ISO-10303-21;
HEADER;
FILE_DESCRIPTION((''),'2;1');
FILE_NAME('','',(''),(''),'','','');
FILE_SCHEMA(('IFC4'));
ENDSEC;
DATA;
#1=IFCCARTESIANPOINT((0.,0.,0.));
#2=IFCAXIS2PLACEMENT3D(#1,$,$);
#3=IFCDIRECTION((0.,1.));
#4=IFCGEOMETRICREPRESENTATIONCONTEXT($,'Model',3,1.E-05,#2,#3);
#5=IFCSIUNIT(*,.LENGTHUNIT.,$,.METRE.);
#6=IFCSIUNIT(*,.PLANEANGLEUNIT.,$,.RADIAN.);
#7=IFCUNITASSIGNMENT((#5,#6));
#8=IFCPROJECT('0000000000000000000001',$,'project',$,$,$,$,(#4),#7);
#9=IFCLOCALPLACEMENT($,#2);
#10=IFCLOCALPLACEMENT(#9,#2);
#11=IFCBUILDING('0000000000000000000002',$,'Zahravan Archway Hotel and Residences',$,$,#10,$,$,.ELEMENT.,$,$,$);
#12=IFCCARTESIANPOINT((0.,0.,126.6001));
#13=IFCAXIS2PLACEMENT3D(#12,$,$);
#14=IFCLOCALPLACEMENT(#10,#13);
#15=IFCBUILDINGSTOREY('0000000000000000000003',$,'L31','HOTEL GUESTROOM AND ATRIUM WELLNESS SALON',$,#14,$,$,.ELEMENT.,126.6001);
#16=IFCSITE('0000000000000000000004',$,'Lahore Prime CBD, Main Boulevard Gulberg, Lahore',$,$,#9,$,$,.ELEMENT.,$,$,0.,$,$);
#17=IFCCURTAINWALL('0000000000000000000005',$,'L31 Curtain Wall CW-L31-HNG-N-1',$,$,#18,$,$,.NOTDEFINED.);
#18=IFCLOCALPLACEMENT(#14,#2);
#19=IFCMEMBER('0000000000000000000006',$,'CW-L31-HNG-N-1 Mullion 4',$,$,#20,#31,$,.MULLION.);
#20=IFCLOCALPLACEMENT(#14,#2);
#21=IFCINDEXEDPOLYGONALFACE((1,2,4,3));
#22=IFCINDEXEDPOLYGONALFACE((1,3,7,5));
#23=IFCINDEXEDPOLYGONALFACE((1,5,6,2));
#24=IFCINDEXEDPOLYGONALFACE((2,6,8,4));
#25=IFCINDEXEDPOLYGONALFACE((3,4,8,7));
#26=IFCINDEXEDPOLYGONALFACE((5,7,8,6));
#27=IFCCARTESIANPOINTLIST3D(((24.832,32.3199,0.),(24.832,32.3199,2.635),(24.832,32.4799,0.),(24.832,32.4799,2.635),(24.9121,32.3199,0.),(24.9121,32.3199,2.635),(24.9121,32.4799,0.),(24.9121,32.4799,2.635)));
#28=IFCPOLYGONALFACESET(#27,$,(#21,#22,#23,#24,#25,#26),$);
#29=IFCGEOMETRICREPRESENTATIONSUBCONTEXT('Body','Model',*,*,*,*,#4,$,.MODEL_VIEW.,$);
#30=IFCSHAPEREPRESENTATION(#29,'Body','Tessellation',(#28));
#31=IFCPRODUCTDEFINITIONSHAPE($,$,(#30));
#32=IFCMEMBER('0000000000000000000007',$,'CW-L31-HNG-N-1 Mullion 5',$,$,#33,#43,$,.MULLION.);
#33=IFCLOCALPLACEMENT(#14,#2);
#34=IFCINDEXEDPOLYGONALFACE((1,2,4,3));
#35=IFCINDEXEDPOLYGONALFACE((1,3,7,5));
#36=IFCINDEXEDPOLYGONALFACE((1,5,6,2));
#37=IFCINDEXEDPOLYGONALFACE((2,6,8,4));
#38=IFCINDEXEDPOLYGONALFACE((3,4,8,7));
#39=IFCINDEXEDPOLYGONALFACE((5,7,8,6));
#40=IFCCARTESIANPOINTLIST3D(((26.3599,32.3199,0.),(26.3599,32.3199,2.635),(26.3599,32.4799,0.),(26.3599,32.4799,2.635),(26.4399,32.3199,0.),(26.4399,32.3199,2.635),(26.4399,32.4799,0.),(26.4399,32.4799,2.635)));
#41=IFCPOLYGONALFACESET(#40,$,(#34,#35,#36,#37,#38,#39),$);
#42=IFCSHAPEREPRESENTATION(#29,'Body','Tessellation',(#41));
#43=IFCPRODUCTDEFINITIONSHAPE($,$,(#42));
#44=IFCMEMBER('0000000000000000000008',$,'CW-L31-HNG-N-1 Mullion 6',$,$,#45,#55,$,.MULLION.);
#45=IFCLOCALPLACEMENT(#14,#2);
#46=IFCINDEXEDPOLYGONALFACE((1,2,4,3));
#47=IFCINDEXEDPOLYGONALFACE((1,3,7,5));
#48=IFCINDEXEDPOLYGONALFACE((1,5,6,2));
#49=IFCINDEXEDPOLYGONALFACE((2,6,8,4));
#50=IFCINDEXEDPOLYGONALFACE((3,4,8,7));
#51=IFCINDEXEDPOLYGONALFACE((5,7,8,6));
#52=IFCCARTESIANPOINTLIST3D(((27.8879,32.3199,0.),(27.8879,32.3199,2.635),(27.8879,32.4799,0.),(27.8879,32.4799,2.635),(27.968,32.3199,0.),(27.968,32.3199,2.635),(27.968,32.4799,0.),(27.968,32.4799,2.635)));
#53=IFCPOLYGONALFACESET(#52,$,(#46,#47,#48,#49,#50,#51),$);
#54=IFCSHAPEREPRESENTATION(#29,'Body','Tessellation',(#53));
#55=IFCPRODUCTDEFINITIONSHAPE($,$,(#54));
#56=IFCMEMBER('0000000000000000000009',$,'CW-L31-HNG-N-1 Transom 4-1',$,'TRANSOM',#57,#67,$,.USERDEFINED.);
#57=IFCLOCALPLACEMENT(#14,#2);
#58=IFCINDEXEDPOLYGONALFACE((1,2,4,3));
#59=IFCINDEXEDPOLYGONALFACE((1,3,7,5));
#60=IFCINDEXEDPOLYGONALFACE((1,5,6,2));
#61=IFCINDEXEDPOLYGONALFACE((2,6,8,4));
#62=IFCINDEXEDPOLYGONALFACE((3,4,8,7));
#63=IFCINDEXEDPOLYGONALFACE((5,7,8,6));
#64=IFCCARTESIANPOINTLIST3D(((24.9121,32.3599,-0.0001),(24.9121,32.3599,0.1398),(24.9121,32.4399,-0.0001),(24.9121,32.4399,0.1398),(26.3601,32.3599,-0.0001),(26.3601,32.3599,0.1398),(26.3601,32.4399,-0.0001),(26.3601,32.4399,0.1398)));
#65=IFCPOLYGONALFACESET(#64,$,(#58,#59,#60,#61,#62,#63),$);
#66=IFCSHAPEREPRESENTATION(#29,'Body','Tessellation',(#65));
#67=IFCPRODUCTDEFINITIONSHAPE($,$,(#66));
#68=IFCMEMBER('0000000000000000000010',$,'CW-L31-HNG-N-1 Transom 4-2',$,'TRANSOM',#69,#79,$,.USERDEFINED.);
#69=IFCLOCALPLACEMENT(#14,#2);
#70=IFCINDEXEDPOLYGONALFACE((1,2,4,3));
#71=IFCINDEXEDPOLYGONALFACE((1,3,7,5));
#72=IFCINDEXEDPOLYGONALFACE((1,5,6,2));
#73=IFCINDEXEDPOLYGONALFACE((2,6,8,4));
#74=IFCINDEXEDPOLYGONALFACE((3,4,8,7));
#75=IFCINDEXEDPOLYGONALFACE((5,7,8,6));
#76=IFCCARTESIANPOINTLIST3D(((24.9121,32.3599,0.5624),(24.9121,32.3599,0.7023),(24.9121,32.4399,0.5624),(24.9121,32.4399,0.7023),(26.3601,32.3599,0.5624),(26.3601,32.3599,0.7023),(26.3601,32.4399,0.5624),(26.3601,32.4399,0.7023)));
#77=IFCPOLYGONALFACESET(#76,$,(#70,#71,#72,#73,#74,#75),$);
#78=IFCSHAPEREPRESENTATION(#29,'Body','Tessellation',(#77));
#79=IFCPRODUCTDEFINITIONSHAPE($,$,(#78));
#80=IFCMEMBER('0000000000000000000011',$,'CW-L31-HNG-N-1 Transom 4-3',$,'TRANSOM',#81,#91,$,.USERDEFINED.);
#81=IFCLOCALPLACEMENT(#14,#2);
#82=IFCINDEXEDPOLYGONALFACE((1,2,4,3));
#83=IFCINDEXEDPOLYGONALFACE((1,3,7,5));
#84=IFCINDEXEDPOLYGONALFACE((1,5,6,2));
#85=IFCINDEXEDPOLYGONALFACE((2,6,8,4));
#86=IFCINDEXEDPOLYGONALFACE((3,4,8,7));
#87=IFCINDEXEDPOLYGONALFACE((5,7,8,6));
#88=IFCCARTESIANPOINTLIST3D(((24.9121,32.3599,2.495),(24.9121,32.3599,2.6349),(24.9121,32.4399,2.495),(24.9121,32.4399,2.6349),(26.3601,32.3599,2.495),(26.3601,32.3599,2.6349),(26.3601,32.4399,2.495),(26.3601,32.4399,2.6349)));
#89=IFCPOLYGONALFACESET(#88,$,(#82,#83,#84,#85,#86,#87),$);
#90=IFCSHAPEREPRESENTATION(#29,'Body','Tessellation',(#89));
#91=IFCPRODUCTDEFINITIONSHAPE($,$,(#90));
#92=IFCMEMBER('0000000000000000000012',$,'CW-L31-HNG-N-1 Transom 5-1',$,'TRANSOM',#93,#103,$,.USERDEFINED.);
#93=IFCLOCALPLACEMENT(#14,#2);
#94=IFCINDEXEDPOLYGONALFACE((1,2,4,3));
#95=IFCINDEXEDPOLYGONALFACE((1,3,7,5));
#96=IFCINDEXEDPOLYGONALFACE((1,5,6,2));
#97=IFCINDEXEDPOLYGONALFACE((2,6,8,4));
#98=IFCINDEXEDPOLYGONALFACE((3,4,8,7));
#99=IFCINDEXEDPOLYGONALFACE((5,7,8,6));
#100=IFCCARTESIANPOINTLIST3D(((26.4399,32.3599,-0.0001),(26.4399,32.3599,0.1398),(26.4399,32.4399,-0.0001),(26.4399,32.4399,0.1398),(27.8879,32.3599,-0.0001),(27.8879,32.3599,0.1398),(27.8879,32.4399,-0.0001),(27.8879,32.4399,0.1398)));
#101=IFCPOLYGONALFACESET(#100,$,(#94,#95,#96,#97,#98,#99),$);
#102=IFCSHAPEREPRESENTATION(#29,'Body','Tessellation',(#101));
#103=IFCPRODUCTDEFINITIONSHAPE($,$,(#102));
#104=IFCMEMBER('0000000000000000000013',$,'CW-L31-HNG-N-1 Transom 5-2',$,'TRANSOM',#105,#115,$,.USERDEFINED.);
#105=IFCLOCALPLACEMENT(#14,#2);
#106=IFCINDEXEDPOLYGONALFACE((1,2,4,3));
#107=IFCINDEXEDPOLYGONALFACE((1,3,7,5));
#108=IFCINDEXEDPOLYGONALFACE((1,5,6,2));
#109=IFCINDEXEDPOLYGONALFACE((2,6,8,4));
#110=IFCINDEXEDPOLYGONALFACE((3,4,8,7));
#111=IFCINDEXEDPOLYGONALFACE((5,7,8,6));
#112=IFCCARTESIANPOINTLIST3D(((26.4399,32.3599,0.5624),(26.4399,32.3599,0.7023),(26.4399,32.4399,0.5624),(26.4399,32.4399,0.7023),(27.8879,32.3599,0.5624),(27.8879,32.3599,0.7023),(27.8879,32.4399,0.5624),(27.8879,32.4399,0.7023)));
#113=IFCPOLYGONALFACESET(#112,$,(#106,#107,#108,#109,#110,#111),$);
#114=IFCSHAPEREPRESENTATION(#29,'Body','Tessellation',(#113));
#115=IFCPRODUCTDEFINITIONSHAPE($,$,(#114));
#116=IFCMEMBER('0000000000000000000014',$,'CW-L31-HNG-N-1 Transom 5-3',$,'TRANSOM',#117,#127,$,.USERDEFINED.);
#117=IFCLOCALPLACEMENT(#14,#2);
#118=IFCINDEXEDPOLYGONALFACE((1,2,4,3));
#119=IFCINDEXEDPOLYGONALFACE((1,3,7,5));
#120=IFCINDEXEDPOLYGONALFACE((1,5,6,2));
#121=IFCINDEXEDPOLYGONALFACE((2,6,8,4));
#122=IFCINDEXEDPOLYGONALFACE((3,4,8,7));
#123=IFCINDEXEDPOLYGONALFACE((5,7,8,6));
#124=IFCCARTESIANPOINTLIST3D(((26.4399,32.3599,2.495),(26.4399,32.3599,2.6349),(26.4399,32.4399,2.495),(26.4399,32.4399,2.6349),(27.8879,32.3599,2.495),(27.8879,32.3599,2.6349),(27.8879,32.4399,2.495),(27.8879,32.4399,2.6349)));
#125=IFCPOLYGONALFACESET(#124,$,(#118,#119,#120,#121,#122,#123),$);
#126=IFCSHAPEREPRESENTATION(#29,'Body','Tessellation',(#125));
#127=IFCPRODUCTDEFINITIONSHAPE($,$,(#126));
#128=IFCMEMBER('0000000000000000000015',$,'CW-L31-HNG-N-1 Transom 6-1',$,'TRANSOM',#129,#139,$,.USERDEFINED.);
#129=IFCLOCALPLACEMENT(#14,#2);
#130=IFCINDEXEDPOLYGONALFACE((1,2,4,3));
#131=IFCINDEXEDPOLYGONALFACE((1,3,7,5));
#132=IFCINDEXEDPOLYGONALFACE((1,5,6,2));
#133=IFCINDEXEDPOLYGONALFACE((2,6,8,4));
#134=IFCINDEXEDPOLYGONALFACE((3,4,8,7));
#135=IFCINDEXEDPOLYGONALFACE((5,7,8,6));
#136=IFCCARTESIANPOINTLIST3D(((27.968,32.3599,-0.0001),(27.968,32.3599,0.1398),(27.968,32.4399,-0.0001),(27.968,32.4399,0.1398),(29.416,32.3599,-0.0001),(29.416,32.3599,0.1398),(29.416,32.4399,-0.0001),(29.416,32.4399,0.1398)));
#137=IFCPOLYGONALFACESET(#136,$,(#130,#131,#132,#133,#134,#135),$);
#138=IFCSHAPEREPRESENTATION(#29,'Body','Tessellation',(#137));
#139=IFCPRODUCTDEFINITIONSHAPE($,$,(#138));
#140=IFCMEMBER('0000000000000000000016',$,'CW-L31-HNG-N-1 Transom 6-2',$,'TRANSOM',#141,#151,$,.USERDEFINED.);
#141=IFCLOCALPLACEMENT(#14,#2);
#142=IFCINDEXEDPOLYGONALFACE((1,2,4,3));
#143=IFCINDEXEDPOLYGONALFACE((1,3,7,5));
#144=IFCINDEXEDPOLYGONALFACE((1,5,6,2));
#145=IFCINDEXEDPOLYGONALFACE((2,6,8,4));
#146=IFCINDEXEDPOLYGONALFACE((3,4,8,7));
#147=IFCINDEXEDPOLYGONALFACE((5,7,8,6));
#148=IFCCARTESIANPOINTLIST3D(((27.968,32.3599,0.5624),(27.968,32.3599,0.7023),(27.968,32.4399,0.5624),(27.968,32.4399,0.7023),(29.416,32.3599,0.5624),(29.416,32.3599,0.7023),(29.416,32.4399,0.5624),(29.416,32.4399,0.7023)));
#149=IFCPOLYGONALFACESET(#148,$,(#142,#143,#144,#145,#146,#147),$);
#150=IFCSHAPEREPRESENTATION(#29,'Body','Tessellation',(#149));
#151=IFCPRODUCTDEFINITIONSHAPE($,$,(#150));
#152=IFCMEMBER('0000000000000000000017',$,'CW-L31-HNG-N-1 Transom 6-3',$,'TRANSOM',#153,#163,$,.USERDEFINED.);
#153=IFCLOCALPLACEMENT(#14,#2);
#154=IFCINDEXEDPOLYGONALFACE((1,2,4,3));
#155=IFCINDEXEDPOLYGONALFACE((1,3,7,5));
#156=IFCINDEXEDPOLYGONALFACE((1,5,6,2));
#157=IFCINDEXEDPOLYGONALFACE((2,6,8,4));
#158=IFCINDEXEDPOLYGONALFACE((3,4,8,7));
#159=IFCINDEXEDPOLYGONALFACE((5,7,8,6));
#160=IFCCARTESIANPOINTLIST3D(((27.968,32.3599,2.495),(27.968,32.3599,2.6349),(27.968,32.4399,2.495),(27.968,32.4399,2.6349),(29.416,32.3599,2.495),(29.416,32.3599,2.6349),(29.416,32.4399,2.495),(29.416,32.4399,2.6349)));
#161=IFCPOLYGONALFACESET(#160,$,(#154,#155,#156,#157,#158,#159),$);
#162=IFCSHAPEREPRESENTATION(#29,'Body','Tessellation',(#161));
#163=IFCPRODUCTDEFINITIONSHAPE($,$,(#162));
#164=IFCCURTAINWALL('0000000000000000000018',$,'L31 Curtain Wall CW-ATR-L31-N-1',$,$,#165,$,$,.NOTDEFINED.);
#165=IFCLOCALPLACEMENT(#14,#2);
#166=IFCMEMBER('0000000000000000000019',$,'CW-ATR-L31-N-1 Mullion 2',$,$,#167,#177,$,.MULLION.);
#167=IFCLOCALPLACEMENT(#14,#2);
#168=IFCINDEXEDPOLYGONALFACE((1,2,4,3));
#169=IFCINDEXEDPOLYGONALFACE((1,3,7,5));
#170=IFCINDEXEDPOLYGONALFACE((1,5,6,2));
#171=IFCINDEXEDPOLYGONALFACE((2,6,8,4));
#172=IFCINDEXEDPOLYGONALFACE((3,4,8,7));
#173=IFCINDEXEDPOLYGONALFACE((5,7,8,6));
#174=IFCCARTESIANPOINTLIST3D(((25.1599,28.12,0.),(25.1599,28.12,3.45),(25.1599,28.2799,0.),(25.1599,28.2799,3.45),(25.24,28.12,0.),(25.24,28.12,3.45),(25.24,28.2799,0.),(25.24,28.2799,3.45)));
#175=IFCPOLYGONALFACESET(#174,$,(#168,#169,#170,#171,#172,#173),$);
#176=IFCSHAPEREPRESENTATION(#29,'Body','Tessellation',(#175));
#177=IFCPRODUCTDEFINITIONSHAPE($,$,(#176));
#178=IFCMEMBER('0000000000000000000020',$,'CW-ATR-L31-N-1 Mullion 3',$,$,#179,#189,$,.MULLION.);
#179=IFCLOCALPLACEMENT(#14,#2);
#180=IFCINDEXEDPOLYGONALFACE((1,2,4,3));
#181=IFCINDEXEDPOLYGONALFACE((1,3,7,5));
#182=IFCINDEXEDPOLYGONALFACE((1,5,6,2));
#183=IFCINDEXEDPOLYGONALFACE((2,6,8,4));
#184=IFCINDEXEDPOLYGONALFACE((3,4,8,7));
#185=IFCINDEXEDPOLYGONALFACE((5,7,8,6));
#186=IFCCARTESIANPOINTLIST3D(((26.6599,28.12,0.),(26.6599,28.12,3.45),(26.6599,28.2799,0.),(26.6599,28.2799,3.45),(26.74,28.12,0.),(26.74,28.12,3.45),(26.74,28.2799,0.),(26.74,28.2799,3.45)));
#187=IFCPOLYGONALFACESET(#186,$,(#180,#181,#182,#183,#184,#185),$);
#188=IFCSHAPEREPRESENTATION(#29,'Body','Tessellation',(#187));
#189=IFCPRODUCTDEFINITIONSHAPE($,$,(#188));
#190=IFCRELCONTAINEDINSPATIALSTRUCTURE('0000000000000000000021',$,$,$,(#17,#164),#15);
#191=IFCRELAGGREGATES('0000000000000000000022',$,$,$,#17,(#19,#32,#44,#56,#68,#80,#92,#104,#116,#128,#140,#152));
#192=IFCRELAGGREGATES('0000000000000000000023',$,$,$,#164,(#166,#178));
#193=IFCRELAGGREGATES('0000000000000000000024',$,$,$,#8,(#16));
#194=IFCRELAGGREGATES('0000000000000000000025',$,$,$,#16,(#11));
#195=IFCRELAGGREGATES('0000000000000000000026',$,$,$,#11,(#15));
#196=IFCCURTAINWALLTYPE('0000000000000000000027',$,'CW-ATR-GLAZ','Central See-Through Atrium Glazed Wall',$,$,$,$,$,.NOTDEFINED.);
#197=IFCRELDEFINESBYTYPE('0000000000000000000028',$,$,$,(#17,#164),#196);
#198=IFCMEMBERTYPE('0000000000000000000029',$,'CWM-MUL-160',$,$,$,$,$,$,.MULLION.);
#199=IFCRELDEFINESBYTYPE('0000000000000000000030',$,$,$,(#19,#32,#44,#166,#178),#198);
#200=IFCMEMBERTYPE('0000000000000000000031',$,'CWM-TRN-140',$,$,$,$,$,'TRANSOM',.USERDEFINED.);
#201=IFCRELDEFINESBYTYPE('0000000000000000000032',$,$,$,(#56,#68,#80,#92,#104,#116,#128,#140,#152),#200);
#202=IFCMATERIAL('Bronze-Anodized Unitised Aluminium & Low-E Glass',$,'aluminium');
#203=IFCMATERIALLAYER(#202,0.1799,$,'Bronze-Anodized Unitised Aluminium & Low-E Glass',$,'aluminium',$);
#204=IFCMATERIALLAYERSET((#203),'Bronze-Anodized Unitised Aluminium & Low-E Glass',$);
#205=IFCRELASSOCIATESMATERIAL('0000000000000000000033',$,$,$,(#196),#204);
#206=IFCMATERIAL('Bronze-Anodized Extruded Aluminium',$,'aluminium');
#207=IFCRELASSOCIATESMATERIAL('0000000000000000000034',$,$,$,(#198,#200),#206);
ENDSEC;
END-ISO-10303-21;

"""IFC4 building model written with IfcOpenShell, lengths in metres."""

from ifc_helpers import new_model, si_unit, direction, frame, origin, origin_2d, place, context, subcontext, project, spatial, rectangle, extrude, source, transform, mapped, material, layer, layer_set, material_profile, profile_set, type_object, element, aggregate, save


model = new_model("IFC4")

# Units and contexts
model_context = context("Model", 3, precision=1e-05, world=origin(), true_north=direction((0.0, 1.0)))
body_context = subcontext(model_context, "Body", "Model", "MODEL_VIEW")
ifc_project = project(units=[si_unit("LENGTHUNIT", "METRE"), si_unit("PLANEANGLEUNIT", "RADIAN")], contexts=[model_context])

# Site, building, storey
site_placement = place(None, origin())
site = spatial("IfcSite", under=ifc_project, at=site_placement, Name="Lahore Prime CBD, Main Boulevard Gulberg, Lahore", CompositionType="ELEMENT", RefElevation=0.0)
building_placement = place(site_placement, origin())
building = spatial("IfcBuilding", under=site, at=building_placement, Name="Zahravan Archway Hotel and Residences", CompositionType="ELEMENT")
storey_placement = place(building_placement, frame((0.0, 0.0, 126.6001)))
storey = spatial("IfcBuildingStorey", under=building, at=storey_placement, Name="L31", Description="HOTEL GUESTROOM AND ATRIUM WELLNESS SALON", CompositionType="ELEMENT", Elevation=126.6001)

# Curtain walls, members
ifc_material_1 = material(Name="Bronze-Anodized Unitised Aluminium & Low-E Glass", Category="aluminium")
ifc_layer_1 = layer(ifc_material_1, 0.1799, Name="Bronze-Anodized Unitised Aluminium & Low-E Glass", Category="aluminium")
ifc_layer_set_1 = layer_set([ifc_layer_1], Name="Bronze-Anodized Unitised Aluminium & Low-E Glass")
curtain_wall_type = type_object("IfcCurtainWallType", Name="CW-ATR-GLAZ", Description="Central See-Through Atrium Glazed Wall", PredefinedType="NOTDEFINED", material=ifc_layer_set_1)
curtain_wall_1_placement = place(storey_placement, origin())
curtain_wall_1 = element("IfcCurtainWall", 1, at=curtain_wall_1_placement, inside=storey, type_object=curtain_wall_type, Name="L31 Curtain Wall CW-L31-HNG-N-1", PredefinedType="NOTDEFINED")
ifc_material_2 = material(Name="Bronze-Anodized Extruded Aluminium", Category="aluminium")
ifc_material_profile_1 = material_profile(ifc_material_2, rectangle(XDim=0.0801, YDim=0.1599, at=origin_2d()), Name="MUL 80x160", Category="aluminium")
ifc_profile_set_1 = profile_set([ifc_material_profile_1], Name="Bronze-Anodized Extruded Aluminium")
member_type_1 = type_object("IfcMemberType", Name="CWM-MUL-160", PredefinedType="MULLION", material=ifc_profile_set_1)
shared_shape_1 = source(origin(), body_context, "Body", "SweptSolid", [
    extrude(rectangle(XDim=0.0801, YDim=0.1599, at=origin_2d()), origin(), (0.0, 0.0, 1.0), 2.635),
])
member_1_placement = place(storey_placement, frame((24.8721, 32.3999, 0.0), z_axis=(0.0, 0.0, 1.0), x_axis=(1.0, 0.0, 0.0)))
member_1 = element("IfcMember", 2, at=member_1_placement, type_object=member_type_1, Name="CW-L31-HNG-N-1 Mullion 4", PredefinedType="MULLION", context=body_context, shape_type="MappedRepresentation", body=[
    mapped(shared_shape_1, transform((0.0, 0.0, 0.0), scale=1.0)),
])
member_2_placement = place(storey_placement, frame((26.3999, 32.3999, 0.0), z_axis=(0.0, 0.0, 1.0), x_axis=(1.0, 0.0, 0.0)))
member_2 = element("IfcMember", 3, at=member_2_placement, type_object=member_type_1, Name="CW-L31-HNG-N-1 Mullion 5", PredefinedType="MULLION", context=body_context, shape_type="MappedRepresentation", body=[
    mapped(shared_shape_1, transform((0.0, 0.0, 0.0), scale=1.0)),
])
member_3_placement = place(storey_placement, frame((27.928, 32.3999, 0.0), z_axis=(0.0, 0.0, 1.0), x_axis=(1.0, 0.0, 0.0)))
member_3 = element("IfcMember", 4, at=member_3_placement, type_object=member_type_1, Name="CW-L31-HNG-N-1 Mullion 6", PredefinedType="MULLION", context=body_context, shape_type="MappedRepresentation", body=[
    mapped(shared_shape_1, transform((0.0, 0.0, 0.0), scale=1.0)),
])
ifc_material_profile_2 = material_profile(ifc_material_2, rectangle(XDim=0.0801, YDim=0.1399, at=origin_2d()), Name="TRN 80x140", Category="aluminium")
ifc_profile_set_2 = profile_set([ifc_material_profile_2], Name="Bronze-Anodized Extruded Aluminium")
member_type_2 = type_object("IfcMemberType", Name="CWM-TRN-140", ElementType="TRANSOM", PredefinedType="USERDEFINED", material=ifc_profile_set_2)
shared_shape_2 = source(origin(), body_context, "Body", "SweptSolid", [
    extrude(rectangle(XDim=0.0801, YDim=0.1399, at=origin_2d()), origin(), (0.0, 0.0, 1.0), 1.448),
])
member_4_placement = place(storey_placement, frame((24.9121, 32.3999, 0.0698), z_axis=(1.0, 0.0, 0.0), x_axis=(0.0, 1.0, 0.0)))
member_4 = element("IfcMember", 5, at=member_4_placement, type_object=member_type_2, Name="CW-L31-HNG-N-1 Transom 4-1", ObjectType="TRANSOM", PredefinedType="USERDEFINED", context=body_context, shape_type="MappedRepresentation", body=[
    mapped(shared_shape_2, transform((0.0, 0.0, 0.0), scale=1.0)),
])
member_5_placement = place(storey_placement, frame((24.9121, 32.3999, 0.6323), z_axis=(1.0, 0.0, 0.0), x_axis=(0.0, 1.0, 0.0)))
member_5 = element("IfcMember", 6, at=member_5_placement, type_object=member_type_2, Name="CW-L31-HNG-N-1 Transom 4-2", ObjectType="TRANSOM", PredefinedType="USERDEFINED", context=body_context, shape_type="MappedRepresentation", body=[
    mapped(shared_shape_2, transform((0.0, 0.0, 0.0), scale=1.0)),
])
member_6_placement = place(storey_placement, frame((24.9121, 32.3999, 2.5649), z_axis=(1.0, 0.0, 0.0), x_axis=(0.0, 1.0, 0.0)))
member_6 = element("IfcMember", 7, at=member_6_placement, type_object=member_type_2, Name="CW-L31-HNG-N-1 Transom 4-3", ObjectType="TRANSOM", PredefinedType="USERDEFINED", context=body_context, shape_type="MappedRepresentation", body=[
    mapped(shared_shape_2, transform((0.0, 0.0, 0.0), scale=1.0)),
])
member_7_placement = place(storey_placement, frame((26.4399, 32.3999, 0.0698), z_axis=(1.0, 0.0, 0.0), x_axis=(0.0, 1.0, 0.0)))
member_7 = element("IfcMember", 8, at=member_7_placement, type_object=member_type_2, Name="CW-L31-HNG-N-1 Transom 5-1", ObjectType="TRANSOM", PredefinedType="USERDEFINED", context=body_context, shape_type="MappedRepresentation", body=[
    mapped(shared_shape_2, transform((0.0, 0.0, 0.0), scale=1.0)),
])
member_8_placement = place(storey_placement, frame((26.4399, 32.3999, 0.6323), z_axis=(1.0, 0.0, 0.0), x_axis=(0.0, 1.0, 0.0)))
member_8 = element("IfcMember", 9, at=member_8_placement, type_object=member_type_2, Name="CW-L31-HNG-N-1 Transom 5-2", ObjectType="TRANSOM", PredefinedType="USERDEFINED", context=body_context, shape_type="MappedRepresentation", body=[
    mapped(shared_shape_2, transform((0.0, 0.0, 0.0), scale=1.0)),
])
member_9_placement = place(storey_placement, frame((26.4399, 32.3999, 2.5649), z_axis=(1.0, 0.0, 0.0), x_axis=(0.0, 1.0, 0.0)))
member_9 = element("IfcMember", 10, at=member_9_placement, type_object=member_type_2, Name="CW-L31-HNG-N-1 Transom 5-3", ObjectType="TRANSOM", PredefinedType="USERDEFINED", context=body_context, shape_type="MappedRepresentation", body=[
    mapped(shared_shape_2, transform((0.0, 0.0, 0.0), scale=1.0)),
])
member_10_placement = place(storey_placement, frame((27.968, 32.3999, 0.0698), z_axis=(1.0, 0.0, 0.0), x_axis=(0.0, 1.0, 0.0)))
member_10 = element("IfcMember", 11, at=member_10_placement, type_object=member_type_2, Name="CW-L31-HNG-N-1 Transom 6-1", ObjectType="TRANSOM", PredefinedType="USERDEFINED", context=body_context, shape_type="MappedRepresentation", body=[
    mapped(shared_shape_2, transform((0.0, 0.0, 0.0), scale=1.0)),
])
member_11_placement = place(storey_placement, frame((27.968, 32.3999, 0.6323), z_axis=(1.0, 0.0, 0.0), x_axis=(0.0, 1.0, 0.0)))
member_11 = element("IfcMember", 12, at=member_11_placement, type_object=member_type_2, Name="CW-L31-HNG-N-1 Transom 6-2", ObjectType="TRANSOM", PredefinedType="USERDEFINED", context=body_context, shape_type="MappedRepresentation", body=[
    mapped(shared_shape_2, transform((0.0, 0.0, 0.0), scale=1.0)),
])
member_12_placement = place(storey_placement, frame((27.968, 32.3999, 2.5649), z_axis=(1.0, 0.0, 0.0), x_axis=(0.0, 1.0, 0.0)))
member_12 = element("IfcMember", 13, at=member_12_placement, type_object=member_type_2, Name="CW-L31-HNG-N-1 Transom 6-3", ObjectType="TRANSOM", PredefinedType="USERDEFINED", context=body_context, shape_type="MappedRepresentation", body=[
    mapped(shared_shape_2, transform((0.0, 0.0, 0.0), scale=1.0)),
])
curtain_wall_2_placement = place(storey_placement, origin())
curtain_wall_2 = element("IfcCurtainWall", 14, at=curtain_wall_2_placement, inside=storey, type_object=curtain_wall_type, Name="L31 Curtain Wall CW-ATR-L31-N-1", PredefinedType="NOTDEFINED")
shared_shape_3 = source(origin(), body_context, "Body", "SweptSolid", [
    extrude(rectangle(XDim=0.0801, YDim=0.1599, at=origin_2d()), origin(), (0.0, 0.0, 1.0), 3.45),
])
member_13_placement = place(storey_placement, frame((25.2, 28.2, 0.0), z_axis=(0.0, 0.0, 1.0), x_axis=(1.0, 0.0, 0.0)))
member_13 = element("IfcMember", 15, at=member_13_placement, type_object=member_type_1, Name="CW-ATR-L31-N-1 Mullion 2", PredefinedType="MULLION", context=body_context, shape_type="MappedRepresentation", body=[
    mapped(shared_shape_3, transform((0.0, 0.0, 0.0), scale=1.0)),
])
member_14_placement = place(storey_placement, frame((26.7, 28.2, 0.0), z_axis=(0.0, 0.0, 1.0), x_axis=(1.0, 0.0, 0.0)))
member_14 = element("IfcMember", 16, at=member_14_placement, type_object=member_type_1, Name="CW-ATR-L31-N-1 Mullion 3", PredefinedType="MULLION", context=body_context, shape_type="MappedRepresentation", body=[
    mapped(shared_shape_3, transform((0.0, 0.0, 0.0), scale=1.0)),
])

aggregate(curtain_wall_1, [member_1, member_2, member_3, member_4, member_5, member_6, member_7, member_8, member_9, member_10, member_11, member_12])
aggregate(curtain_wall_2, [member_13, member_14])

save(model, "model.ifc")
